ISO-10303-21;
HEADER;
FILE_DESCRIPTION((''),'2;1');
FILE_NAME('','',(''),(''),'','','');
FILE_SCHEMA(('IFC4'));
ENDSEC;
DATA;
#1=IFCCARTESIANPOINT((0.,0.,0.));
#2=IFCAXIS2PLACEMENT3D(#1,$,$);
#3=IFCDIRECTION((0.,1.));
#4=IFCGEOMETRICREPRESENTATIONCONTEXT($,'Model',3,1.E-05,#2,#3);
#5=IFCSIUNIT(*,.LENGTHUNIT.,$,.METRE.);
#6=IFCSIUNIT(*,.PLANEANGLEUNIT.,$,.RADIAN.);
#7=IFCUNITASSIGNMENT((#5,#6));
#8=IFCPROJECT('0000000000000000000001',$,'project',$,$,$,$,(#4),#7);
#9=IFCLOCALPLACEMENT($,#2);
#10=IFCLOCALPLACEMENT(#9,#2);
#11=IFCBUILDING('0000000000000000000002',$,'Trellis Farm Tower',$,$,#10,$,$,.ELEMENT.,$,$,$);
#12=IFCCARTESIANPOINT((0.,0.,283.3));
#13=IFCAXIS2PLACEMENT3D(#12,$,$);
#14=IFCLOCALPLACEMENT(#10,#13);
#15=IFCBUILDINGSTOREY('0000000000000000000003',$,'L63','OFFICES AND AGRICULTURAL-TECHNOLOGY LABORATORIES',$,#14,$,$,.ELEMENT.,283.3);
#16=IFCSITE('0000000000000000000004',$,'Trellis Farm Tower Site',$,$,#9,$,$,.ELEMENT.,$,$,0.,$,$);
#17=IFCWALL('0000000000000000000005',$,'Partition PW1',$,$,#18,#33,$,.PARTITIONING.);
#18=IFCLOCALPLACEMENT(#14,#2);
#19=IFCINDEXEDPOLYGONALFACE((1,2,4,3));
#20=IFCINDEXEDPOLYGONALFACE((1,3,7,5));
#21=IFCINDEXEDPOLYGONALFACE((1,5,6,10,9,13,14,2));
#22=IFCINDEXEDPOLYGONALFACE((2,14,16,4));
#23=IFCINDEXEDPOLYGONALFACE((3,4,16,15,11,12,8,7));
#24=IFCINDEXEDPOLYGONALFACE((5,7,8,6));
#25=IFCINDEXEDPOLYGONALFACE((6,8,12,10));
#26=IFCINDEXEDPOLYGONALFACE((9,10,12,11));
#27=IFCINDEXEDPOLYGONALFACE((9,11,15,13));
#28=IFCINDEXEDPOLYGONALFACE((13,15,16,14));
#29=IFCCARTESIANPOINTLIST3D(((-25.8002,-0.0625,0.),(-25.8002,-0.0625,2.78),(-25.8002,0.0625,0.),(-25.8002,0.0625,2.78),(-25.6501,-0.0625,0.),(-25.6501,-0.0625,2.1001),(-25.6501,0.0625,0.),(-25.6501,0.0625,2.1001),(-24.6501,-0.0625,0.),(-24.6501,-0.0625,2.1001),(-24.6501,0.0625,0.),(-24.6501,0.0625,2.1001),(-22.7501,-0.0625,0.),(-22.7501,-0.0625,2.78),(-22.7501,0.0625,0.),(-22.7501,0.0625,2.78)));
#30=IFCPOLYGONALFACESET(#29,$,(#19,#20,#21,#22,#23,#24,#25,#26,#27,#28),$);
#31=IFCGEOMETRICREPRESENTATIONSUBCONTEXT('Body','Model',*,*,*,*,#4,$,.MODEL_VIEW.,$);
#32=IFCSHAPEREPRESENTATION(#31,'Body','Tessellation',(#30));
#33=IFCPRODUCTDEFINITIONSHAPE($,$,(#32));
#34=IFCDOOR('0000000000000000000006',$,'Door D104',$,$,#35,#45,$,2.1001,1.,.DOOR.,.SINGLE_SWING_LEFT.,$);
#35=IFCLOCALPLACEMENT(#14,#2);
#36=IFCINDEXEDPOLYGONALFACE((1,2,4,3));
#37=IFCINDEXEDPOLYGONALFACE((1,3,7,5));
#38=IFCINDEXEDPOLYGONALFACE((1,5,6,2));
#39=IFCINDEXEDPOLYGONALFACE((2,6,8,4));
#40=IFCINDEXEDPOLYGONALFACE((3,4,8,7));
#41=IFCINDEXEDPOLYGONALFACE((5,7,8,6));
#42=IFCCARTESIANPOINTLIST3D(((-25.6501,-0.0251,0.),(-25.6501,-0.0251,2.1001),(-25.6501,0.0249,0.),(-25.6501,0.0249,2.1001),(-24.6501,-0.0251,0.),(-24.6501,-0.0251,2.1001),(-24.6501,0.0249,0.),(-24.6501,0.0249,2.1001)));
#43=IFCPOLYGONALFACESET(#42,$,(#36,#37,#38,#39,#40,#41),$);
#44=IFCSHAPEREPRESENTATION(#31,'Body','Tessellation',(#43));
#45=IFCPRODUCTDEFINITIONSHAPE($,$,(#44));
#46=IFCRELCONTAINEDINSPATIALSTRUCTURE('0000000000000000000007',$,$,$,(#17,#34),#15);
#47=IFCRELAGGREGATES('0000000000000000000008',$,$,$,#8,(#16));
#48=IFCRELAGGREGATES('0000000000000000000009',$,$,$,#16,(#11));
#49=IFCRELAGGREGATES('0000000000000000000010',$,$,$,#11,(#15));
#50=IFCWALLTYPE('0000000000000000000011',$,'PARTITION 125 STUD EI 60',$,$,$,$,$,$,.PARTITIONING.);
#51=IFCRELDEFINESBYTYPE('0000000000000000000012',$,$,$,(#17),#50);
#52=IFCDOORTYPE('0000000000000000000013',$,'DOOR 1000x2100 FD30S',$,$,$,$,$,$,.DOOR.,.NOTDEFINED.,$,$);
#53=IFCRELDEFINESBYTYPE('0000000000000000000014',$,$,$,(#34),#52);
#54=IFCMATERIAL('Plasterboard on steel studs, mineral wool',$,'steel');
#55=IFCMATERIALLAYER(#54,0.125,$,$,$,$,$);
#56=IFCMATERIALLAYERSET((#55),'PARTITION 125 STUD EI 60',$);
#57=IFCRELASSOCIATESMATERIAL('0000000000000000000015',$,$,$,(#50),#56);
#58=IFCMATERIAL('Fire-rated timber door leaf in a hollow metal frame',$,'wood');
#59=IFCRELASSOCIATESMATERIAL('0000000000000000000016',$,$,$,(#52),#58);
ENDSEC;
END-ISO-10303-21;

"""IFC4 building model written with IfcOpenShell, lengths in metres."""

from ifc_helpers import new_model, si_unit, direction, frame, frame_2d, origin, place, context, subcontext, project, spatial, rectangle, extrude, source, transform, mapped, material, layer, layer_set, type_object, element, fill, save


model = new_model("IFC4")

# Units and contexts
model_context = context("Model", 3, precision=1e-05, world=origin(), true_north=direction((0.0, 1.0)))
body_context = subcontext(model_context, "Body", "Model", "MODEL_VIEW")
ifc_project = project(units=[si_unit("LENGTHUNIT", "METRE"), si_unit("PLANEANGLEUNIT", "RADIAN")], contexts=[model_context])

# Site, building, storey
site_placement = place(None, origin())
site = spatial("IfcSite", under=ifc_project, at=site_placement, Name="Trellis Farm Tower Site", CompositionType="ELEMENT", RefElevation=0.0)
building_placement = place(site_placement, origin())
building = spatial("IfcBuilding", under=site, at=building_placement, Name="Trellis Farm Tower", CompositionType="ELEMENT")
storey_placement = place(building_placement, frame((0.0, 0.0, 283.3)))
storey = spatial("IfcBuildingStorey", under=building, at=storey_placement, Name="L63", Description="OFFICES AND AGRICULTURAL-TECHNOLOGY LABORATORIES", CompositionType="ELEMENT", Elevation=283.3)

# Wall, opening, door
ifc_material_1 = material(Name="Plasterboard on steel studs, mineral wool", Category="steel")
ifc_layer_1 = layer(ifc_material_1, 0.125)
ifc_layer_set_1 = layer_set([ifc_layer_1], Name="PARTITION 125 STUD EI 60")
wall_type_1 = type_object("IfcWallType", Name="PARTITION 125 STUD EI 60", PredefinedType="PARTITIONING", material=ifc_layer_set_1)
shared_shape_1 = source(origin(), body_context, "Body", "SweptSolid", [
    extrude(rectangle(XDim=3.05, YDim=0.125, at=frame_2d((1.5249, 0.0))), origin(), (0.0, 0.0, 1.0), 2.78),
])
wall_1_placement = place(storey_placement, frame((-25.8, 0.0, 0.0), z_axis=(0.0, 0.0, 1.0), x_axis=(1.0, 0.0, 0.0)))
wall_1 = element("IfcWall", 1, at=wall_1_placement, inside=storey, type_object=wall_type_1, Name="Partition PW1", PredefinedType="PARTITIONING", context=body_context, shape_type="MappedRepresentation", body=[
    mapped(shared_shape_1, transform((0.0, 0.0, 0.0))),
])
shared_shape_2 = source(origin(), body_context, "Body", "SweptSolid", [
    extrude(rectangle(XDim=1.0, YDim=2.1001, at=frame_2d((0.5, 1.05))), frame((0.0, 0.0725, 0.0), z_axis=(0.0, -1.0, 0.0), x_axis=(1.0, 0.0, 0.0)), (0.0, 0.0, 1.0), 0.145),
])
opening_1_placement = place(wall_1_placement, frame((0.1499, 0.0, 0.0)))
opening_1 = element("IfcOpeningElement", 2, at=opening_1_placement, cuts=wall_1, PredefinedType="OPENING", context=body_context, shape_type="MappedRepresentation", body=[
    mapped(shared_shape_2, transform((0.0, 0.0, 0.0))),
])
ifc_material_2 = material(Name="Fire-rated timber door leaf in a hollow metal frame", Category="wood")
door_type_1 = type_object("IfcDoorType", Name="DOOR 1000x2100 FD30S", OperationType="NOTDEFINED", PredefinedType="DOOR", material=ifc_material_2)
shared_shape_3 = source(origin(), body_context, "Body", "SweptSolid", [
    extrude(rectangle(XDim=1.0, YDim=2.1001, at=frame_2d((0.5, 1.05))), frame((0.0, 0.0249, 0.0), z_axis=(0.0, -1.0, 0.0), x_axis=(1.0, 0.0, 0.0)), (0.0, 0.0, 1.0), 0.05),
])
door_1_placement = place(opening_1_placement, origin())
door_1 = element("IfcDoor", 3, at=door_1_placement, inside=storey, type_object=door_type_1, Name="Door D104", OperationType="SINGLE_SWING_LEFT", OverallHeight=2.1001, OverallWidth=1.0, PredefinedType="DOOR", context=body_context, shape_type="MappedRepresentation", body=[
    mapped(shared_shape_3, transform((0.0, 0.0, 0.0))),
])
fill(opening_1, door_1)

save(model, "model.ifc")
